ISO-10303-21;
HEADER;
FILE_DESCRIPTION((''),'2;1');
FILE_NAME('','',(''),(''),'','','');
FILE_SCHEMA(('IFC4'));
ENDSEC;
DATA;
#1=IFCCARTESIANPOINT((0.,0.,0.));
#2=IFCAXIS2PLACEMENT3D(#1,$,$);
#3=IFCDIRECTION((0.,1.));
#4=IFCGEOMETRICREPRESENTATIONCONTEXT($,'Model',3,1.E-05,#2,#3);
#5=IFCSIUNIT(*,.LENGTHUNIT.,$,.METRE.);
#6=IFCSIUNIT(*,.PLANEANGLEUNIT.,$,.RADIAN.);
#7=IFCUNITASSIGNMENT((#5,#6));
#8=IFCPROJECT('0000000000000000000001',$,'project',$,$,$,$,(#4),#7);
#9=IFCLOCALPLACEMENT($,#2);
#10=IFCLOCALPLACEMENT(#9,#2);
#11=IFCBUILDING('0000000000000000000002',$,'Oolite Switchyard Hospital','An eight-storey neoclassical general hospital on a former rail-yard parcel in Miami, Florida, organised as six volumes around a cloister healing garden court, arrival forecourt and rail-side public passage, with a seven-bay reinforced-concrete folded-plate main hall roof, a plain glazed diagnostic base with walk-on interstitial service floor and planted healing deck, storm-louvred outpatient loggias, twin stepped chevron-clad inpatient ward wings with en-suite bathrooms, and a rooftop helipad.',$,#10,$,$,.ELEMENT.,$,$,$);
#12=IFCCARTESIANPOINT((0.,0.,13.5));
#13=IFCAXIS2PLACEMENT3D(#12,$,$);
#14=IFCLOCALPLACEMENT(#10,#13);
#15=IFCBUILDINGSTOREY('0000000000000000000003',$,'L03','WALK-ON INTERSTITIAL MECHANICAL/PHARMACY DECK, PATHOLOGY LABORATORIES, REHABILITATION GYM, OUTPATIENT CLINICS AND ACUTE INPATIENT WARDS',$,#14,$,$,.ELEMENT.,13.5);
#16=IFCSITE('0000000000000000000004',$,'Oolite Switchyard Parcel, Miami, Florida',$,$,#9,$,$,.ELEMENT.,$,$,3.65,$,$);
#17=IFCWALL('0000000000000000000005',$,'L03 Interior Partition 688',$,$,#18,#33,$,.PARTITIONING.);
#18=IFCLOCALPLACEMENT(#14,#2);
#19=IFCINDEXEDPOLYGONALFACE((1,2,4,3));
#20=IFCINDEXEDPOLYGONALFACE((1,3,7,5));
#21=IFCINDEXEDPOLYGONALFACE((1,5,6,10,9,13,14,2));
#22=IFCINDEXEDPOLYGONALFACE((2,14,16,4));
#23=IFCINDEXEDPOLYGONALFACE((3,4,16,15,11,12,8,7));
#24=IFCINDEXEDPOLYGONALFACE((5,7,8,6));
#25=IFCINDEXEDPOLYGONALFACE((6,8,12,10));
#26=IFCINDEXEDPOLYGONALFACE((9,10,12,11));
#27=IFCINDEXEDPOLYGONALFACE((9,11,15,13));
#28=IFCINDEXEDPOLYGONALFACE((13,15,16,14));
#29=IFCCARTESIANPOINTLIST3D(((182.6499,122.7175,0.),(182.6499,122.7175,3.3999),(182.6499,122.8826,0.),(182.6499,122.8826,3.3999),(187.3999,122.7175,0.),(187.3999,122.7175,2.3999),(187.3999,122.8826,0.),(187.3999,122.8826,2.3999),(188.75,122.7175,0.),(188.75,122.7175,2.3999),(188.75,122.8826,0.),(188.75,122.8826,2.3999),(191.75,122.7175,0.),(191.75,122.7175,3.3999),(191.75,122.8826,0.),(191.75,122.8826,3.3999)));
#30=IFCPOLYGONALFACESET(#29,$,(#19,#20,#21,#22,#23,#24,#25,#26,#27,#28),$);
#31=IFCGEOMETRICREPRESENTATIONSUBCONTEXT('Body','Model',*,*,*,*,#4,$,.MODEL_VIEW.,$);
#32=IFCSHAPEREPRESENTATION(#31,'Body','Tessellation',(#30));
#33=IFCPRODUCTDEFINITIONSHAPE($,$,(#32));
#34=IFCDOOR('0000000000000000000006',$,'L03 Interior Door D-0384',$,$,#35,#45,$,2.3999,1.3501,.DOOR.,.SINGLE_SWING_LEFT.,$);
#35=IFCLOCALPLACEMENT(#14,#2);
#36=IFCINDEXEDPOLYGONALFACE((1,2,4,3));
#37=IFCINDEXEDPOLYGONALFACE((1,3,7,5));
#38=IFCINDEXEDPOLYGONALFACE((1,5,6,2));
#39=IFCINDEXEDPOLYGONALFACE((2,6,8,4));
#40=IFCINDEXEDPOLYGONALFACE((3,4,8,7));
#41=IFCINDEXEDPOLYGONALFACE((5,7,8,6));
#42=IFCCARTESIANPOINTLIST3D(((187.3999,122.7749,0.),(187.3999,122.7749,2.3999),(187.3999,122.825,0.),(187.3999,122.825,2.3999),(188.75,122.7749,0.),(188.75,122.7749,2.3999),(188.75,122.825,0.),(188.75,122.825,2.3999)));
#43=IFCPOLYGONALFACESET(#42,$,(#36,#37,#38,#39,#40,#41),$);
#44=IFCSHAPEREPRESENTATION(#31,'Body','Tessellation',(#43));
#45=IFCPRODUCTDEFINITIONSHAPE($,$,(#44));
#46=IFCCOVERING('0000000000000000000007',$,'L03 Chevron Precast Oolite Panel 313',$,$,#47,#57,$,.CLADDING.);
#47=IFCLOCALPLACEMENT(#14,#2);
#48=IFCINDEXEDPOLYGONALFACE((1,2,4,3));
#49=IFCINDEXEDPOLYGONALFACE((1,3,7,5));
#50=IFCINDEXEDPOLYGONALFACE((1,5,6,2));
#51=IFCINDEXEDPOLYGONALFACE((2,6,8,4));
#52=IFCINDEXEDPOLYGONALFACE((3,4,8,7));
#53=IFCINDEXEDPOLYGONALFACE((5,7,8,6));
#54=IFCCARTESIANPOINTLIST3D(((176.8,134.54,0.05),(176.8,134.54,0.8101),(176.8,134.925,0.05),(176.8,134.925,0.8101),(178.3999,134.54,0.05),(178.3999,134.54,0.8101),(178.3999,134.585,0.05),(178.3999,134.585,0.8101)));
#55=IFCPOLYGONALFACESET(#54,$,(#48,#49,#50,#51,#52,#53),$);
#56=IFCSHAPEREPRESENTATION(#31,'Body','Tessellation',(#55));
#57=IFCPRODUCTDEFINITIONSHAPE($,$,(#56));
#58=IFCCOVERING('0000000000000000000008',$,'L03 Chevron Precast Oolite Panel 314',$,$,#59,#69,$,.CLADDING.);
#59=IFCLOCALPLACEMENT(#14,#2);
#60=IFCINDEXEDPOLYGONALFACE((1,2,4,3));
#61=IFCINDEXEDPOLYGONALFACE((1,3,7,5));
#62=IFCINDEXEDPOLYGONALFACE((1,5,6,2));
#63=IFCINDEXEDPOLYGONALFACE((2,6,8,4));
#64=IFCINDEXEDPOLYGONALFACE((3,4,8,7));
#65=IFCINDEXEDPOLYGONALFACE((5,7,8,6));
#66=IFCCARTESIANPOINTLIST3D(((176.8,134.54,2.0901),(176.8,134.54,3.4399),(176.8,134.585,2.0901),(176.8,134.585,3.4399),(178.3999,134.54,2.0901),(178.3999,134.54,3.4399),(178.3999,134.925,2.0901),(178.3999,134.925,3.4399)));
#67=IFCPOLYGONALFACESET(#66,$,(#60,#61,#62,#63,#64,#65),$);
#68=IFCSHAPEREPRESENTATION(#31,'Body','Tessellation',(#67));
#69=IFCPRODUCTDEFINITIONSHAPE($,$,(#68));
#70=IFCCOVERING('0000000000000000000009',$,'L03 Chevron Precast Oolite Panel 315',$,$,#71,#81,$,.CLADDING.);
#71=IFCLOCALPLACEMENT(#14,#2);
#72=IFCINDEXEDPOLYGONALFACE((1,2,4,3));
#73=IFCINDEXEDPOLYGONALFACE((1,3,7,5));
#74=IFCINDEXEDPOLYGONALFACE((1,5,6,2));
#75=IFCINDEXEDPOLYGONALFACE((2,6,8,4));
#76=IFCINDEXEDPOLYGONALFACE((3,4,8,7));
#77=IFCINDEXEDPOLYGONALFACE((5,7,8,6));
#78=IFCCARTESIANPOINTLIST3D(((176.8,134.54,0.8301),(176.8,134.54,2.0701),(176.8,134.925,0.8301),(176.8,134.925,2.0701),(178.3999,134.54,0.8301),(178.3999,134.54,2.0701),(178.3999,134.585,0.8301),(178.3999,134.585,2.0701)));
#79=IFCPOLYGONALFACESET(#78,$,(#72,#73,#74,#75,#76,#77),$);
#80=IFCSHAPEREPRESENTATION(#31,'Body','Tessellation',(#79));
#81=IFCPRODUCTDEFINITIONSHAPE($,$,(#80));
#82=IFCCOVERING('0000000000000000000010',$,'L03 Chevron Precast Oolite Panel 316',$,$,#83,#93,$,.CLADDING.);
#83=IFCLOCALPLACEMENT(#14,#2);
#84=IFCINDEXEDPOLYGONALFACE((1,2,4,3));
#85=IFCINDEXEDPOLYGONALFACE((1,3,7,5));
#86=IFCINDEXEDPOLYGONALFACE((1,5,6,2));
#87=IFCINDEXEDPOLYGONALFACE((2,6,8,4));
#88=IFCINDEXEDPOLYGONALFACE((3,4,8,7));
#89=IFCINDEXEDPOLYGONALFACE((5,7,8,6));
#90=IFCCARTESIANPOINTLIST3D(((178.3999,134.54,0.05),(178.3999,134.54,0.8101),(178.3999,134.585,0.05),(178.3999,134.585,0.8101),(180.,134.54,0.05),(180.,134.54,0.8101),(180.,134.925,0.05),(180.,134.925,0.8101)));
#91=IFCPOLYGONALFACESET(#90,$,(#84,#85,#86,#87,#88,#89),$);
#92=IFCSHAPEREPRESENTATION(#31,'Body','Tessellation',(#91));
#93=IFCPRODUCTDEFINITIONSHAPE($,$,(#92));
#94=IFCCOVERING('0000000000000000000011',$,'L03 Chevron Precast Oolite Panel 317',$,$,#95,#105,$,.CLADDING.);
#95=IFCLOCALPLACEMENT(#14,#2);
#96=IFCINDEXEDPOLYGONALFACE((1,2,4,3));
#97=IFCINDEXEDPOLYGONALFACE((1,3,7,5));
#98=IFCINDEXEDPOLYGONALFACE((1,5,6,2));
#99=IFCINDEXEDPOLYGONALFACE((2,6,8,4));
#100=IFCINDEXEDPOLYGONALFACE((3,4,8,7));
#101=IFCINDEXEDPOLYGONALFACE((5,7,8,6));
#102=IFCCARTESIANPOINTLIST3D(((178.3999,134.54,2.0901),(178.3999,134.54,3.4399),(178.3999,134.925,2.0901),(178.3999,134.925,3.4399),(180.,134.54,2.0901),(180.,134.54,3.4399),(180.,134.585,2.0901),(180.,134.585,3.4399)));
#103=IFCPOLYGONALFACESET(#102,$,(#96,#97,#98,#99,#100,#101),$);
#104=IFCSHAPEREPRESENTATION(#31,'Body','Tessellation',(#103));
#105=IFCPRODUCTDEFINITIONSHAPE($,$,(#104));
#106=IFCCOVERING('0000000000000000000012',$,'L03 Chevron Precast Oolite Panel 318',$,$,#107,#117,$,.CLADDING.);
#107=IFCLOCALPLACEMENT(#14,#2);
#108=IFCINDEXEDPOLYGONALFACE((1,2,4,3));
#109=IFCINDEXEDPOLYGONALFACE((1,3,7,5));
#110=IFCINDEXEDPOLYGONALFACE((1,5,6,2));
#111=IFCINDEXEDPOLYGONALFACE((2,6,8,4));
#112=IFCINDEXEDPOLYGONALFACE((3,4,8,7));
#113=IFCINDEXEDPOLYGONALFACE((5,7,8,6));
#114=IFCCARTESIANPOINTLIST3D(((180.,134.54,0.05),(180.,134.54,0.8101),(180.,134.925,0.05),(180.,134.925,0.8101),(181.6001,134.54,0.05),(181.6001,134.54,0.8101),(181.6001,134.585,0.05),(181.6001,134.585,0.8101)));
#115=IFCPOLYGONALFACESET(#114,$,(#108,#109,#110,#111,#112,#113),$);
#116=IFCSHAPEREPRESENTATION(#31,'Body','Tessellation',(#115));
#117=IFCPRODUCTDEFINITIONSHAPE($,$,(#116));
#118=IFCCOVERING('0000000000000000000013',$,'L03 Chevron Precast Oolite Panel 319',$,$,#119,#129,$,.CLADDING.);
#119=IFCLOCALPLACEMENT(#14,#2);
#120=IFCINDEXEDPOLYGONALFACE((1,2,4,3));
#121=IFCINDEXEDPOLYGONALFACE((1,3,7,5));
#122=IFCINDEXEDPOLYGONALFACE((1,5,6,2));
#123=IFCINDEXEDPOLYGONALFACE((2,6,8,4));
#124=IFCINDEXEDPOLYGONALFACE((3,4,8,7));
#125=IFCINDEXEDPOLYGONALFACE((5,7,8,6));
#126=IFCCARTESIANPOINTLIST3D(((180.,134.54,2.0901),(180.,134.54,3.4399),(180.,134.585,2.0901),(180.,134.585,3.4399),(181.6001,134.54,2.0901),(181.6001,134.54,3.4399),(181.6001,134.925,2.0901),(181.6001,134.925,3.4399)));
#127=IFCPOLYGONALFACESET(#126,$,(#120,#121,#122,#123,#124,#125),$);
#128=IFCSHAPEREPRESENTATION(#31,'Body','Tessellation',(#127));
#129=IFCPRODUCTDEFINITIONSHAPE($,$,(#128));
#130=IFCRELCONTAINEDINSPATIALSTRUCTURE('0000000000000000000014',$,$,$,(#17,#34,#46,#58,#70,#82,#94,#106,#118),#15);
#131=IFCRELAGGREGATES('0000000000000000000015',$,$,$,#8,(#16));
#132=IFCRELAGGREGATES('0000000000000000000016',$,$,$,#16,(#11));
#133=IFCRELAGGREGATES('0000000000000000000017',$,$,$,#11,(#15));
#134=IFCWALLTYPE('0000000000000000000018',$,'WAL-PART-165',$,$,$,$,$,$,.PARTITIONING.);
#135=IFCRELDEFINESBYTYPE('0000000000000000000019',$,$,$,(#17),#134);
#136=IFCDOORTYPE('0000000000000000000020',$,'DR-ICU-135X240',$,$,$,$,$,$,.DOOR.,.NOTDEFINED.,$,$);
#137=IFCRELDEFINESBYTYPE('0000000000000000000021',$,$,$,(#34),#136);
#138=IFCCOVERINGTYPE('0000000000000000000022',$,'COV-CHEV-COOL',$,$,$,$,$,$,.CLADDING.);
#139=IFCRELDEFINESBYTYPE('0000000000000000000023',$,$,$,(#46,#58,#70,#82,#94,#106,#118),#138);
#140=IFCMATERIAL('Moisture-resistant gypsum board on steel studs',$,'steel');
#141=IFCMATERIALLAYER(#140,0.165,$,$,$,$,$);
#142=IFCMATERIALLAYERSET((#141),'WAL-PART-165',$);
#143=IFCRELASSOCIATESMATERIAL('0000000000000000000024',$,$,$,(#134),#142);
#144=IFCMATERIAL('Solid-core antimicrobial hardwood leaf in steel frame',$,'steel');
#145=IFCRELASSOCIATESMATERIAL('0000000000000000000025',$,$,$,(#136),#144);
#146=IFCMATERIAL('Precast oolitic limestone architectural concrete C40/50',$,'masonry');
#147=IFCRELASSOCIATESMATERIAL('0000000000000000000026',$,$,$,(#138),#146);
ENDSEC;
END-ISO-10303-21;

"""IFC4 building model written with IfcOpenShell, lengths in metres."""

from ifc_helpers import new_model, si_unit, direction, frame, frame_2d, origin, place, context, subcontext, project, spatial, polyline, rectangle, outline, extrude, material, layer, layer_set, type_object, element, fill, save


model = new_model("IFC4")

# Units and contexts
model_context = context("Model", 3, precision=1e-05, world=origin(), true_north=direction((0.0, 1.0)))
body_context = subcontext(model_context, "Body", "Model", "MODEL_VIEW")
ifc_project = project(units=[si_unit("LENGTHUNIT", "METRE"), si_unit("PLANEANGLEUNIT", "RADIAN")], contexts=[model_context])

# Site, building, storey
site_placement = place(None, origin())
site = spatial("IfcSite", under=ifc_project, at=site_placement, Name="Oolite Switchyard Parcel, Miami, Florida", CompositionType="ELEMENT", RefElevation=3.65)
building_placement = place(site_placement, origin())
building = spatial("IfcBuilding", under=site, at=building_placement, Name="Oolite Switchyard Hospital", Description="An eight-storey neoclassical general hospital on a former rail-yard parcel in Miami, Florida, organised as six volumes around a cloister healing garden court, arrival forecourt and rail-side public passage, with a seven-bay reinforced-concrete folded-plate main hall roof, a plain glazed diagnostic base with walk-on interstitial service floor and planted healing deck, storm-louvred outpatient loggias, twin stepped chevron-clad inpatient ward wings with en-suite bathrooms, and a rooftop helipad.", CompositionType="ELEMENT")
storey_placement = place(building_placement, frame((0.0, 0.0, 13.5)))
storey = spatial("IfcBuildingStorey", under=building, at=storey_placement, Name="L03", Description="WALK-ON INTERSTITIAL MECHANICAL/PHARMACY DECK, PATHOLOGY LABORATORIES, REHABILITATION GYM, OUTPATIENT CLINICS AND ACUTE INPATIENT WARDS", CompositionType="ELEMENT", Elevation=13.5)

# Shared definitions
ifc_material_1 = material(Name="Precast oolitic limestone architectural concrete C40/50", Category="masonry")
ifc_material_2 = material(Name="Moisture-resistant gypsum board on steel studs", Category="steel")

# Shared definitions
ifc_material_3 = material(Name="Solid-core antimicrobial hardwood leaf in steel frame", Category="steel")

# Wall, opening, door
ifc_layer_1 = layer(ifc_material_2, 0.165)
ifc_layer_set_1 = layer_set([ifc_layer_1], Name="WAL-PART-165")
wall_type_1 = type_object("IfcWallType", Name="WAL-PART-165", PredefinedType="PARTITIONING", material=ifc_layer_set_1)
wall_1_placement = place(storey_placement, frame((182.6499, 122.8, 0.0), z_axis=(0.0, 0.0, 1.0), x_axis=(1.0, 0.0, 0.0)))
wall_1 = element("IfcWall", 1, at=wall_1_placement, inside=storey, type_object=wall_type_1, Name="L03 Interior Partition 688", PredefinedType="PARTITIONING", context=body_context, shape_type="SweptSolid", body=[
    extrude(rectangle(XDim=9.1001, YDim=0.165, at=frame_2d((4.55, 0.0))), origin(), (0.0, 0.0, 1.0), 3.3999),
])
opening_1_placement = place(wall_1_placement, frame((4.75, 0.0, 0.0)))
opening_1 = element("IfcOpeningElement", 2, at=opening_1_placement, cuts=wall_1, PredefinedType="OPENING", context=body_context, shape_type="SweptSolid", body=[
    extrude(rectangle(XDim=1.3501, YDim=2.3999, at=frame_2d((0.675, 1.2))), frame((0.0, 0.0925, 0.0), z_axis=(0.0, -1.0, 0.0), x_axis=(1.0, 0.0, 0.0)), (0.0, 0.0, 1.0), 0.1851),
])
door_type_1 = type_object("IfcDoorType", Name="DR-ICU-135X240", OperationType="NOTDEFINED", PredefinedType="DOOR", material=ifc_material_3)
door_1_placement = place(opening_1_placement, origin())
door_1 = element("IfcDoor", 3, at=door_1_placement, inside=storey, type_object=door_type_1, Name="L03 Interior Door D-0384", OperationType="SINGLE_SWING_LEFT", OverallHeight=2.3999, OverallWidth=1.3501, PredefinedType="DOOR", context=body_context, shape_type="SweptSolid", body=[
    extrude(rectangle(XDim=1.3501, YDim=2.3999, at=frame_2d((0.675, 1.2))), frame((0.0, 0.0249, 0.0), z_axis=(0.0, -1.0, 0.0), x_axis=(1.0, 0.0, 0.0)), (0.0, 0.0, 1.0), 0.05),
])
fill(opening_1, door_1)

# Coverings
covering_type = type_object("IfcCoveringType", Name="COV-CHEV-COOL", PredefinedType="CLADDING", material=ifc_material_1)
covering_1_placement = place(storey_placement, frame((176.8, 134.54, 0.05), z_axis=(0.0, 0.0, 1.0), x_axis=(1.0, 0.0, 0.0)))
element("IfcCovering", 4, at=covering_1_placement, inside=storey, type_object=covering_type, Name="L03 Chevron Precast Oolite Panel 313", PredefinedType="CLADDING", context=body_context, shape_type="SweptSolid", body=[
    extrude(outline(polyline([(0.0, 0.0), (1.5999, 0.0), (1.5999, 0.0449), (0.0, 0.385), (0.0, 0.0)])), origin(), (0.0, 0.0, 1.0), 0.76),
])
covering_2_placement = place(storey_placement, frame((176.8, 134.54, 2.0901), z_axis=(0.0, 0.0, 1.0), x_axis=(1.0, 0.0, 0.0)))
element("IfcCovering", 5, at=covering_2_placement, inside=storey, type_object=covering_type, Name="L03 Chevron Precast Oolite Panel 314", PredefinedType="CLADDING", context=body_context, shape_type="SweptSolid", body=[
    extrude(outline(polyline([(0.0, 0.0), (1.5999, 0.0), (1.5999, 0.385), (0.0, 0.0449), (0.0, 0.0)])), origin(), (0.0, 0.0, 1.0), 1.3499),
])
covering_3_placement = place(storey_placement, frame((176.8, 134.54, 0.8301), z_axis=(0.0, 0.0, 1.0), x_axis=(1.0, 0.0, 0.0)))
element("IfcCovering", 6, at=covering_3_placement, inside=storey, type_object=covering_type, Name="L03 Chevron Precast Oolite Panel 315", PredefinedType="CLADDING", context=body_context, shape_type="SweptSolid", body=[
    extrude(outline(polyline([(0.0, 0.0), (1.5999, 0.0), (1.5999, 0.0449), (0.0, 0.385), (0.0, 0.0)])), origin(), (0.0, 0.0, 1.0), 1.24),
])
covering_4_placement = place(storey_placement, frame((178.3999, 134.54, 0.05), z_axis=(0.0, 0.0, 1.0), x_axis=(1.0, 0.0, 0.0)))
element("IfcCovering", 7, at=covering_4_placement, inside=storey, type_object=covering_type, Name="L03 Chevron Precast Oolite Panel 316", PredefinedType="CLADDING", context=body_context, shape_type="SweptSolid", body=[
    extrude(outline(polyline([(0.0, 0.0), (1.6001, 0.0), (1.6001, 0.385), (0.0, 0.0449), (0.0, 0.0)])), origin(), (0.0, 0.0, 1.0), 0.76),
])
covering_5_placement = place(storey_placement, frame((178.3999, 134.54, 2.0901), z_axis=(0.0, 0.0, 1.0), x_axis=(1.0, 0.0, 0.0)))
element("IfcCovering", 8, at=covering_5_placement, inside=storey, type_object=covering_type, Name="L03 Chevron Precast Oolite Panel 317", PredefinedType="CLADDING", context=body_context, shape_type="SweptSolid", body=[
    extrude(outline(polyline([(0.0, 0.0), (1.6001, 0.0), (1.6001, 0.0449), (0.0, 0.385), (0.0, 0.0)])), origin(), (0.0, 0.0, 1.0), 1.3499),
])
covering_6_placement = place(storey_placement, frame((180.0, 134.54, 0.05), z_axis=(0.0, 0.0, 1.0), x_axis=(1.0, 0.0, 0.0)))
element("IfcCovering", 9, at=covering_6_placement, inside=storey, type_object=covering_type, Name="L03 Chevron Precast Oolite Panel 318", PredefinedType="CLADDING", context=body_context, shape_type="SweptSolid", body=[
    extrude(outline(polyline([(0.0, 0.0), (1.6001, 0.0), (1.6001, 0.0449), (0.0, 0.385), (0.0, 0.0)])), origin(), (0.0, 0.0, 1.0), 0.76),
])
covering_7_placement = place(storey_placement, frame((180.0, 134.54, 2.0901), z_axis=(0.0, 0.0, 1.0), x_axis=(1.0, 0.0, 0.0)))
element("IfcCovering", 10, at=covering_7_placement, inside=storey, type_object=covering_type, Name="L03 Chevron Precast Oolite Panel 319", PredefinedType="CLADDING", context=body_context, shape_type="SweptSolid", body=[
    extrude(outline(polyline([(0.0, 0.0), (1.6001, 0.0), (1.6001, 0.385), (0.0, 0.0449), (0.0, 0.0)])), origin(), (0.0, 0.0, 1.0), 1.3499),
])

save(model, "model.ifc")
